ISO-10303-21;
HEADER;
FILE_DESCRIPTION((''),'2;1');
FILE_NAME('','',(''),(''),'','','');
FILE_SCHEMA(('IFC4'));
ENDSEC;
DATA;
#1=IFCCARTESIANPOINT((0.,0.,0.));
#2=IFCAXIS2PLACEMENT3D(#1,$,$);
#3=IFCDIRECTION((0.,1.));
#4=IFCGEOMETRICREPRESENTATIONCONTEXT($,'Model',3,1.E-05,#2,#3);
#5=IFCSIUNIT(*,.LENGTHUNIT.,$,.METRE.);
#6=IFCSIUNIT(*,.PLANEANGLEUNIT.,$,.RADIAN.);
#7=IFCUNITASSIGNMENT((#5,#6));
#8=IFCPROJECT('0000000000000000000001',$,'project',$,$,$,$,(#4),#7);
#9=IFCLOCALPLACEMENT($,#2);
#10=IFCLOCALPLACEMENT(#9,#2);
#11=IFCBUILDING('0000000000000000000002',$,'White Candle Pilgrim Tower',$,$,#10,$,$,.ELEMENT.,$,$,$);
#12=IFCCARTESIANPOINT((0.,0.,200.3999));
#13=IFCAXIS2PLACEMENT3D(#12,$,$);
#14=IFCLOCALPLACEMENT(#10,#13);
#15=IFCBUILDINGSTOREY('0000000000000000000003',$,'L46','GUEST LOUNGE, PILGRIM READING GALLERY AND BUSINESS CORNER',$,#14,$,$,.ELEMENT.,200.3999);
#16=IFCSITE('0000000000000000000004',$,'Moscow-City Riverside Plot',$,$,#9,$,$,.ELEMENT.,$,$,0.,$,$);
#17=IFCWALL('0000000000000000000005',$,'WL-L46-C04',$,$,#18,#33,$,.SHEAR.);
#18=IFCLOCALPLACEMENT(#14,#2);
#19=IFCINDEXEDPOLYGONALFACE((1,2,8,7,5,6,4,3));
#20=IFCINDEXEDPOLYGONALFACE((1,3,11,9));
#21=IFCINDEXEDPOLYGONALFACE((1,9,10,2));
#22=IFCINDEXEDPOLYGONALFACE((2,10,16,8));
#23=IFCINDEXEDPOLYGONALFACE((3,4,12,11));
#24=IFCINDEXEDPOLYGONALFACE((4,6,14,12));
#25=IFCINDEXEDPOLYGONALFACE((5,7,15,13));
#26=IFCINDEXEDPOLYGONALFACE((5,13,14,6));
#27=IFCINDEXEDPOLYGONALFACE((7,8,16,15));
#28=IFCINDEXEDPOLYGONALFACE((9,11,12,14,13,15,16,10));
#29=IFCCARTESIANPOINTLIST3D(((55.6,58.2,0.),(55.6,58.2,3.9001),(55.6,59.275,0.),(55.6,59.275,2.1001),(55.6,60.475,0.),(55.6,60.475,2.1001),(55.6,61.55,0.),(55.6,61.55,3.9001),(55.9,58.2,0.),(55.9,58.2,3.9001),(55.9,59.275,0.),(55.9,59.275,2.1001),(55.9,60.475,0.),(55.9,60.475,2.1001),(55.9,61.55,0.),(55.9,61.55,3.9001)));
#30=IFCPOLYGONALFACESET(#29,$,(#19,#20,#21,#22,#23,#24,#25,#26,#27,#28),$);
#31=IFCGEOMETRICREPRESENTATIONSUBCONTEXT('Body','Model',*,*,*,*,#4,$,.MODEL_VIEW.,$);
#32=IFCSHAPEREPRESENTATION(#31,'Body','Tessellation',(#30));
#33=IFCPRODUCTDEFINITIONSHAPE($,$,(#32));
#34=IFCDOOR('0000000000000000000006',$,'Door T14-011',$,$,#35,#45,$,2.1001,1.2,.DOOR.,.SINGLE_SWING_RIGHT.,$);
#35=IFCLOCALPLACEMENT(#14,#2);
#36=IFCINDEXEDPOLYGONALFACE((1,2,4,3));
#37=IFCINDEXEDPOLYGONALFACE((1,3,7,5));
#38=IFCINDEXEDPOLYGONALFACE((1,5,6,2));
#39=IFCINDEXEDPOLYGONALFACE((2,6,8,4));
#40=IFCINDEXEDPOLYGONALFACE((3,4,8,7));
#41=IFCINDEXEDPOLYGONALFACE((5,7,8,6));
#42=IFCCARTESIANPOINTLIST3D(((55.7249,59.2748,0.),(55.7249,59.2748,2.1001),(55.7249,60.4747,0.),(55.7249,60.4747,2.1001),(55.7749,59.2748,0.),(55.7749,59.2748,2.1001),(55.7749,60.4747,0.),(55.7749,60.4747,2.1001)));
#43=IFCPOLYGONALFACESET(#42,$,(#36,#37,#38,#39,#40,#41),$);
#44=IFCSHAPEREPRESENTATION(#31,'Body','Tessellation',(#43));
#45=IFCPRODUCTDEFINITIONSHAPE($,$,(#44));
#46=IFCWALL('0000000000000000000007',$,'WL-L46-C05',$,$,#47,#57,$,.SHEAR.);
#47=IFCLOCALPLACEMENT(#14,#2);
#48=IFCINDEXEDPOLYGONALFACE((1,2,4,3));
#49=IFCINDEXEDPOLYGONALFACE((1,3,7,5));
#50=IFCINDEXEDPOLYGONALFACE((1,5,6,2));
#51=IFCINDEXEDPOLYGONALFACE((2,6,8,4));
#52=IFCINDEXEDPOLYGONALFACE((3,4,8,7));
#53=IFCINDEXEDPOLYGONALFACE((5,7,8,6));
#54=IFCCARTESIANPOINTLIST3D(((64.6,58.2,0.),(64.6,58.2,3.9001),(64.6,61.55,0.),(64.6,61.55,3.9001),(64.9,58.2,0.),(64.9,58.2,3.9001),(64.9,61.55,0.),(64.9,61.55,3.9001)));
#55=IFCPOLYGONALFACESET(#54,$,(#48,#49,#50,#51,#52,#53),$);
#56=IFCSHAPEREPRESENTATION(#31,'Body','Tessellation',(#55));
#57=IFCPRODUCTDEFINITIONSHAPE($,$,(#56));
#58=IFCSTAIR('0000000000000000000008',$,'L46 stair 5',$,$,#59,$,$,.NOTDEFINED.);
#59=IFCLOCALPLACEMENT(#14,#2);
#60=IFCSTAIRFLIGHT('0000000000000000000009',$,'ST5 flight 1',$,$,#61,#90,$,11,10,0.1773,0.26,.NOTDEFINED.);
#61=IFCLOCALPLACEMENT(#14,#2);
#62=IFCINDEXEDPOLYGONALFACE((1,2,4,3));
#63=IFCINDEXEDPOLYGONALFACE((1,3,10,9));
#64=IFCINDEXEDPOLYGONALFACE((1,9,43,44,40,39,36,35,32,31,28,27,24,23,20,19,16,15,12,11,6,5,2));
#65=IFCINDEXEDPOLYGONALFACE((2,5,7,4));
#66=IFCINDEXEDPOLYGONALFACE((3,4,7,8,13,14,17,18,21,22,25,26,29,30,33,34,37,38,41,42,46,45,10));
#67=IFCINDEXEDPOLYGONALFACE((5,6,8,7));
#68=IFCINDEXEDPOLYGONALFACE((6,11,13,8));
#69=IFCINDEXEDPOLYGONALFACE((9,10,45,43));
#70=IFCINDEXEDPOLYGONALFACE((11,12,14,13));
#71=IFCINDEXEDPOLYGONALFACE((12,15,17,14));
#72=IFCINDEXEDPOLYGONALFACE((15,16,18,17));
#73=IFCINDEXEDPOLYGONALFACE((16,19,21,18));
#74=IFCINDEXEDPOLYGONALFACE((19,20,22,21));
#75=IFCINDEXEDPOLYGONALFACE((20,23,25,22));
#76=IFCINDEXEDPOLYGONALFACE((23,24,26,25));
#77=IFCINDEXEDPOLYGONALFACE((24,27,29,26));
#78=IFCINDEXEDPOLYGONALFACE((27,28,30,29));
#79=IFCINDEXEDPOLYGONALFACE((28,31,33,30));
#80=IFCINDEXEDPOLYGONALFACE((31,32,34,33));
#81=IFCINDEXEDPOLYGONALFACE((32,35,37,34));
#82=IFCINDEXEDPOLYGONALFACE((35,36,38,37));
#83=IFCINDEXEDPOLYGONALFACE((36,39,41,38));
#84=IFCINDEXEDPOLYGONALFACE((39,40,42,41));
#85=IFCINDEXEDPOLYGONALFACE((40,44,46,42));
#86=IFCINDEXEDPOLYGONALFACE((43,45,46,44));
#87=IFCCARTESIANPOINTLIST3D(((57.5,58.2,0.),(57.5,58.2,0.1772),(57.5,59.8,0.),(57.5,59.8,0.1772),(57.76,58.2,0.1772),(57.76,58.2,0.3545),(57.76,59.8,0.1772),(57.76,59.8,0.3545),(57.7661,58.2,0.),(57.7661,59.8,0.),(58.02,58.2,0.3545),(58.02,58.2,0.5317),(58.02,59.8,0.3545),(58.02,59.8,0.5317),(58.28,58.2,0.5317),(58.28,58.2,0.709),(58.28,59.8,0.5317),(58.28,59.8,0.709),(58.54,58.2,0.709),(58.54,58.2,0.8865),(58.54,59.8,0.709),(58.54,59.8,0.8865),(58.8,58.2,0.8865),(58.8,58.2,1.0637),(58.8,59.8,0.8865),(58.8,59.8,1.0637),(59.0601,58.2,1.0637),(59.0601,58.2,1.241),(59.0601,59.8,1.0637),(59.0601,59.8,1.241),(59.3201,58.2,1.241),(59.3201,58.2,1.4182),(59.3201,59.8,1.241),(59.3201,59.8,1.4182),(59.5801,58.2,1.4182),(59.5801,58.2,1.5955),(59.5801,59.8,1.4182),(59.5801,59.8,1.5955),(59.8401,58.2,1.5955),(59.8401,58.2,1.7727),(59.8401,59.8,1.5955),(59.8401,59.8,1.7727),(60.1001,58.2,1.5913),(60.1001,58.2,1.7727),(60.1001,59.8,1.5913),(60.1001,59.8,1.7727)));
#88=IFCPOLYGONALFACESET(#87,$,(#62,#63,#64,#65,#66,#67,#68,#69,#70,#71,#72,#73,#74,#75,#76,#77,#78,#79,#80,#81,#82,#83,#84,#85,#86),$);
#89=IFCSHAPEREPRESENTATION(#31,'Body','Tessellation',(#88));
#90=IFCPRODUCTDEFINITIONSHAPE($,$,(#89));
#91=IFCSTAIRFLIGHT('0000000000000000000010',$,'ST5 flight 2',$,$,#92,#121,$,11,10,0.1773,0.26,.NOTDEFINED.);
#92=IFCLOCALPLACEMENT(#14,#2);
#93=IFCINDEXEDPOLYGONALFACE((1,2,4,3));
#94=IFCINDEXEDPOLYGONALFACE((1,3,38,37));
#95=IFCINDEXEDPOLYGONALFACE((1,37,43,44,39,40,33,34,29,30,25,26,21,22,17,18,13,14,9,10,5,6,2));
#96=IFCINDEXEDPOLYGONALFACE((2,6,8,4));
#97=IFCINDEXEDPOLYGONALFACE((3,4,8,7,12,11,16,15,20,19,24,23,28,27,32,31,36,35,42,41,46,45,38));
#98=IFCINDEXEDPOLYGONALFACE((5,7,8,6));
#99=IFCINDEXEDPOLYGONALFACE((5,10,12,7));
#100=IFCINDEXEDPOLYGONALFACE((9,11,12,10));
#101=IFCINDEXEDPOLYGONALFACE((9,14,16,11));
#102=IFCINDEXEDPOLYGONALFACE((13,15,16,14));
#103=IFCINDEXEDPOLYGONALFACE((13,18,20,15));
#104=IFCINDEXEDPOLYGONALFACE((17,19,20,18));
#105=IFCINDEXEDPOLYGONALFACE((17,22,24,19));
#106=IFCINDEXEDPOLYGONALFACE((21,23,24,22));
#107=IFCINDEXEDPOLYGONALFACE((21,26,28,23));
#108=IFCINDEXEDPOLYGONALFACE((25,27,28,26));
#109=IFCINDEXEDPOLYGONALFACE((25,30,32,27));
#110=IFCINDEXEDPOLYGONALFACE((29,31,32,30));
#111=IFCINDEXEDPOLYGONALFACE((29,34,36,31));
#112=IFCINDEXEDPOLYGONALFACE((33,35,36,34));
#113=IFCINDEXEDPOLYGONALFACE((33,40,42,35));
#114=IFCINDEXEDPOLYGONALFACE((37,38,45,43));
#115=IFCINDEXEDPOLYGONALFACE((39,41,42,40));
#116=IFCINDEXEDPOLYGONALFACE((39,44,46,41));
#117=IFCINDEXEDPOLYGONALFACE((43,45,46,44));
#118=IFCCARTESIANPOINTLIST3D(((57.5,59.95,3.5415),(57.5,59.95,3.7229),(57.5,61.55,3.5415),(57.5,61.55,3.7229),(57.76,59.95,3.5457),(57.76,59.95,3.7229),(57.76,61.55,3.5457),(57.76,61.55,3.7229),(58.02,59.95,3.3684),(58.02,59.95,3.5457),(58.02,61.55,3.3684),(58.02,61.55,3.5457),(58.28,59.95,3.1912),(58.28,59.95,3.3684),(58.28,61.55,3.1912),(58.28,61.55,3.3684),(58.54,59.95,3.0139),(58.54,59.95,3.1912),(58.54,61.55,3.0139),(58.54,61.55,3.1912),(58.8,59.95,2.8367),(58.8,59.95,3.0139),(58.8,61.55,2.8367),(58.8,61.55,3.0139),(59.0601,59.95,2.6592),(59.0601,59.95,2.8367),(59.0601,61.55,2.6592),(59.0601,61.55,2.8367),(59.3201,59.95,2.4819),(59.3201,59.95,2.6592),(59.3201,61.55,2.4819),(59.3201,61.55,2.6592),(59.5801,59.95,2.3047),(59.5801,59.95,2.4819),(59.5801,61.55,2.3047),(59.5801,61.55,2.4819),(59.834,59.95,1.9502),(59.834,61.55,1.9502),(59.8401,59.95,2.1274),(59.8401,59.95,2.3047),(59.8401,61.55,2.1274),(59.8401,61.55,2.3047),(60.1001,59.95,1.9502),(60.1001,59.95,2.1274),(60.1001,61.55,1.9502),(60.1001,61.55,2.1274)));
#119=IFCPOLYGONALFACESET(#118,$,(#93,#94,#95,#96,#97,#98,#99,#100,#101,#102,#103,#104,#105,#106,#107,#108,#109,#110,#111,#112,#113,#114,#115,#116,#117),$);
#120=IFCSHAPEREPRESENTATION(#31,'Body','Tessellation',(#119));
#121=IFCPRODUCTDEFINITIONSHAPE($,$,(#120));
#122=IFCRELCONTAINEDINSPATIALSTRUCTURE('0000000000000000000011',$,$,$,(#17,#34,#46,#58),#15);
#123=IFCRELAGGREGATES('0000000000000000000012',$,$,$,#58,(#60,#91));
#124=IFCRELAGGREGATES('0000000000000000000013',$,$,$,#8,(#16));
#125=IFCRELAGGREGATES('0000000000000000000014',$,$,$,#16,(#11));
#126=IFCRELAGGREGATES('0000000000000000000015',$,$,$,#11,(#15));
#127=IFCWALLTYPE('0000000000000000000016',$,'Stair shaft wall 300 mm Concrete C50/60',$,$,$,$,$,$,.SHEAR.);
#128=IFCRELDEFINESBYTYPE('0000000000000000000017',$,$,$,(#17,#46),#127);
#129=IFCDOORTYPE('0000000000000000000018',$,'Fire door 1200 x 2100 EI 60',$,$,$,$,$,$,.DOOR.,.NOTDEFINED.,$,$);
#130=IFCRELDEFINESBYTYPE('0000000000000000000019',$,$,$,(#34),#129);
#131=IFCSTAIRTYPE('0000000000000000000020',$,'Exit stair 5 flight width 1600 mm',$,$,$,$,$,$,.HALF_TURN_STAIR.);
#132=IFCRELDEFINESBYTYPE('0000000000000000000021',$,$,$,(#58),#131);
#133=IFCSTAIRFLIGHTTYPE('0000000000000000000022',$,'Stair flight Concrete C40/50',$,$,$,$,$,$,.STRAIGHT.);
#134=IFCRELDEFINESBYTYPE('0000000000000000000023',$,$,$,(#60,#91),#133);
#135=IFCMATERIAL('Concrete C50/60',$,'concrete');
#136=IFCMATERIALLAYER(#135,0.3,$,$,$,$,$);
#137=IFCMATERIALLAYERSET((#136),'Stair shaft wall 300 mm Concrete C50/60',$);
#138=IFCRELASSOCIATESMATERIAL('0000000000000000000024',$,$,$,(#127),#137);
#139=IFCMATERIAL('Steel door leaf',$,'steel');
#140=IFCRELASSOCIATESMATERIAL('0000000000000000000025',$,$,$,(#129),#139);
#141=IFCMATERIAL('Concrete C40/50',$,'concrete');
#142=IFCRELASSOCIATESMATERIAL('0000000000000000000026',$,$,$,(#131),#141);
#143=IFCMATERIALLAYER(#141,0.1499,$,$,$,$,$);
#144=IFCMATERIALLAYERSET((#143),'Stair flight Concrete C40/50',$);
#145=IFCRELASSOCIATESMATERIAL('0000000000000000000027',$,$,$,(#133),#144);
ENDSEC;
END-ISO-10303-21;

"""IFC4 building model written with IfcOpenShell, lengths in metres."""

from ifc_helpers import new_model, si_unit, direction, frame, frame_2d, origin, place, context, subcontext, project, spatial, polyline, rectangle, outline, extrude, material, layer, layer_set, type_object, element, fill, aggregate, save


model = new_model("IFC4")

# Units and contexts
model_context = context("Model", 3, precision=1e-05, world=origin(), true_north=direction((0.0, 1.0)))
body_context = subcontext(model_context, "Body", "Model", "MODEL_VIEW")
ifc_project = project(units=[si_unit("LENGTHUNIT", "METRE"), si_unit("PLANEANGLEUNIT", "RADIAN")], contexts=[model_context])

# Site, building, storey
site_placement = place(None, origin())
site = spatial("IfcSite", under=ifc_project, at=site_placement, Name="Moscow-City Riverside Plot", CompositionType="ELEMENT", RefElevation=0.0)
building_placement = place(site_placement, origin())
building = spatial("IfcBuilding", under=site, at=building_placement, Name="White Candle Pilgrim Tower", CompositionType="ELEMENT")
storey_placement = place(building_placement, frame((0.0, 0.0, 200.3999)))
storey = spatial("IfcBuildingStorey", under=building, at=storey_placement, Name="L46", Description="GUEST LOUNGE, PILGRIM READING GALLERY AND BUSINESS CORNER", CompositionType="ELEMENT", Elevation=200.3999)

# Shared definitions
ifc_material_1 = material(Name="Concrete C50/60", Category="concrete")

# Shared definitions
ifc_material_2 = material(Name="Steel door leaf", Category="steel")

# Wall, opening, door
ifc_layer_1 = layer(ifc_material_1, 0.3)
ifc_layer_set_1 = layer_set([ifc_layer_1], Name="Stair shaft wall 300 mm Concrete C50/60")
wall_type_1 = type_object("IfcWallType", Name="Stair shaft wall 300 mm Concrete C50/60", PredefinedType="SHEAR", material=ifc_layer_set_1)
wall_1_placement = place(storey_placement, frame((55.75, 58.2, 0.0), z_axis=(0.0, 0.0, 1.0), x_axis=(0.0, 1.0, 0.0)))
wall_1 = element("IfcWall", 1, at=wall_1_placement, inside=storey, type_object=wall_type_1, Name="WL-L46-C04", PredefinedType="SHEAR", context=body_context, shape_type="SweptSolid", body=[
    extrude(rectangle(XDim=3.3501, YDim=0.3, at=frame_2d((1.675, 0.0))), origin(), (0.0, 0.0, 1.0), 3.9001),
])
opening_1_placement = place(wall_1_placement, frame((1.075, 0.0, 0.0)))
opening_1 = element("IfcOpeningElement", 2, at=opening_1_placement, cuts=wall_1, PredefinedType="OPENING", context=body_context, shape_type="SweptSolid", body=[
    extrude(rectangle(XDim=1.2, YDim=2.1001, at=frame_2d((0.6001, 1.05))), frame((0.0, 0.1599, 0.0), z_axis=(0.0, -1.0, 0.0), x_axis=(1.0, 0.0, 0.0)), (0.0, 0.0, 1.0), 0.3201),
])
door_type_1 = type_object("IfcDoorType", Name="Fire door 1200 x 2100 EI 60", OperationType="NOTDEFINED", PredefinedType="DOOR", material=ifc_material_2)
door_1_placement = place(opening_1_placement, frame((1.2, 0.0, 0.0), z_axis=(0.0, 0.0, 1.0), x_axis=(-1.0, 0.0, 0.0)))
door_1 = element("IfcDoor", 3, at=door_1_placement, inside=storey, type_object=door_type_1, Name="Door T14-011", OperationType="SINGLE_SWING_RIGHT", OverallHeight=2.1001, OverallWidth=1.2, PredefinedType="DOOR", context=body_context, shape_type="SweptSolid", body=[
    extrude(rectangle(XDim=1.2, YDim=2.1001, at=frame_2d((0.6001, 1.05))), frame((0.0, 0.0249, 0.0), z_axis=(0.0, -1.0, 0.0), x_axis=(1.0, 0.0, 0.0)), (0.0, 0.0, 1.0), 0.05),
])
fill(opening_1, door_1)

# Wall
wall_2_placement = place(storey_placement, frame((64.75, 58.2, 0.0), z_axis=(0.0, 0.0, 1.0), x_axis=(0.0, 1.0, 0.0)))
element("IfcWall", 4, at=wall_2_placement, inside=storey, type_object=wall_type_1, Name="WL-L46-C05", PredefinedType="SHEAR", context=body_context, shape_type="SweptSolid", body=[
    extrude(rectangle(XDim=3.3501, YDim=0.3, at=frame_2d((1.675, 0.0))), origin(), (0.0, 0.0, 1.0), 3.9001),
])

# Stair, stair flights
ifc_material_3 = material(Name="Concrete C40/50", Category="concrete")
stair_type = type_object("IfcStairType", Name="Exit stair 5 flight width 1600 mm", PredefinedType="HALF_TURN_STAIR", material=ifc_material_3)
stair_placement = place(storey_placement, origin())
stair = element("IfcStair", 5, at=stair_placement, inside=storey, type_object=stair_type, Name="L46 stair 5", PredefinedType="NOTDEFINED")
ifc_layer_2 = layer(ifc_material_3, 0.1499)
ifc_layer_set_2 = layer_set([ifc_layer_2], Name="Stair flight Concrete C40/50")
stair_flight_type = type_object("IfcStairFlightType", Name="Stair flight Concrete C40/50", PredefinedType="STRAIGHT", material=ifc_layer_set_2)
stair_flight_1_placement = place(storey_placement, frame((57.5, 59.0, 0.0), z_axis=(0.0, 0.0, 1.0), x_axis=(1.0, 0.0, 0.0)))
stair_flight_1 = element("IfcStairFlight", 6, at=stair_flight_1_placement, type_object=stair_flight_type, Name="ST5 flight 1", NumberOfRisers=11, NumberOfTreads=10, PredefinedType="NOTDEFINED", RiserHeight=0.1773, TreadLength=0.26, context=body_context, shape_type="SweptSolid", body=[
    extrude(outline(polyline([(0.0, 0.0), (0.0, 0.1772), (0.26, 0.1772), (0.26, 0.3545), (0.52, 0.3545), (0.52, 0.5317), (0.78, 0.5317), (0.78, 0.709), (1.04, 0.709), (1.04, 0.8865), (1.3, 0.8865), (1.3, 1.0637), (1.5601, 1.0637), (1.5601, 1.241), (1.8201, 1.241), (1.8201, 1.4182), (2.0801, 1.4182), (2.0801, 1.5955), (2.3401, 1.5955), (2.3401, 1.7727), (2.6001, 1.7727), (2.6001, 1.95), (2.6001, 1.5913), (0.2661, 0.0), (0.0, 0.0)])), frame((0.0, 0.8, 0.0), z_axis=(0.0, -1.0, 0.0), x_axis=(1.0, 0.0, 0.0)), (0.0, 0.0, 1.0), 1.6001),
])
stair_flight_2_placement = place(storey_placement, frame((60.1001, 60.75, 1.9502), z_axis=(0.0, 0.0, 1.0), x_axis=(-1.0, 0.0, 0.0)))
stair_flight_2 = element("IfcStairFlight", 7, at=stair_flight_2_placement, type_object=stair_flight_type, Name="ST5 flight 2", NumberOfRisers=11, NumberOfTreads=10, PredefinedType="NOTDEFINED", RiserHeight=0.1773, TreadLength=0.26, context=body_context, shape_type="SweptSolid", body=[
    extrude(outline(polyline([(0.0, 0.0), (0.0, 0.1772), (0.26, 0.1772), (0.26, 0.3545), (0.52, 0.3545), (0.52, 0.5317), (0.78, 0.5317), (0.78, 0.709), (1.04, 0.709), (1.04, 0.8865), (1.3, 0.8865), (1.3, 1.0637), (1.5601, 1.0637), (1.5601, 1.241), (1.8201, 1.241), (1.8201, 1.4182), (2.0801, 1.4182), (2.0801, 1.5955), (2.3401, 1.5955), (2.3401, 1.7727), (2.6001, 1.7727), (2.6001, 1.95), (2.6001, 1.5913), (0.2661, 0.0), (0.0, 0.0)])), frame((0.0, 0.8, 0.0), z_axis=(0.0, -1.0, 0.0), x_axis=(1.0, 0.0, 0.0)), (0.0, 0.0, 1.0), 1.6001),
])
aggregate(stair, [stair_flight_1, stair_flight_2])

save(model, "model.ifc")
